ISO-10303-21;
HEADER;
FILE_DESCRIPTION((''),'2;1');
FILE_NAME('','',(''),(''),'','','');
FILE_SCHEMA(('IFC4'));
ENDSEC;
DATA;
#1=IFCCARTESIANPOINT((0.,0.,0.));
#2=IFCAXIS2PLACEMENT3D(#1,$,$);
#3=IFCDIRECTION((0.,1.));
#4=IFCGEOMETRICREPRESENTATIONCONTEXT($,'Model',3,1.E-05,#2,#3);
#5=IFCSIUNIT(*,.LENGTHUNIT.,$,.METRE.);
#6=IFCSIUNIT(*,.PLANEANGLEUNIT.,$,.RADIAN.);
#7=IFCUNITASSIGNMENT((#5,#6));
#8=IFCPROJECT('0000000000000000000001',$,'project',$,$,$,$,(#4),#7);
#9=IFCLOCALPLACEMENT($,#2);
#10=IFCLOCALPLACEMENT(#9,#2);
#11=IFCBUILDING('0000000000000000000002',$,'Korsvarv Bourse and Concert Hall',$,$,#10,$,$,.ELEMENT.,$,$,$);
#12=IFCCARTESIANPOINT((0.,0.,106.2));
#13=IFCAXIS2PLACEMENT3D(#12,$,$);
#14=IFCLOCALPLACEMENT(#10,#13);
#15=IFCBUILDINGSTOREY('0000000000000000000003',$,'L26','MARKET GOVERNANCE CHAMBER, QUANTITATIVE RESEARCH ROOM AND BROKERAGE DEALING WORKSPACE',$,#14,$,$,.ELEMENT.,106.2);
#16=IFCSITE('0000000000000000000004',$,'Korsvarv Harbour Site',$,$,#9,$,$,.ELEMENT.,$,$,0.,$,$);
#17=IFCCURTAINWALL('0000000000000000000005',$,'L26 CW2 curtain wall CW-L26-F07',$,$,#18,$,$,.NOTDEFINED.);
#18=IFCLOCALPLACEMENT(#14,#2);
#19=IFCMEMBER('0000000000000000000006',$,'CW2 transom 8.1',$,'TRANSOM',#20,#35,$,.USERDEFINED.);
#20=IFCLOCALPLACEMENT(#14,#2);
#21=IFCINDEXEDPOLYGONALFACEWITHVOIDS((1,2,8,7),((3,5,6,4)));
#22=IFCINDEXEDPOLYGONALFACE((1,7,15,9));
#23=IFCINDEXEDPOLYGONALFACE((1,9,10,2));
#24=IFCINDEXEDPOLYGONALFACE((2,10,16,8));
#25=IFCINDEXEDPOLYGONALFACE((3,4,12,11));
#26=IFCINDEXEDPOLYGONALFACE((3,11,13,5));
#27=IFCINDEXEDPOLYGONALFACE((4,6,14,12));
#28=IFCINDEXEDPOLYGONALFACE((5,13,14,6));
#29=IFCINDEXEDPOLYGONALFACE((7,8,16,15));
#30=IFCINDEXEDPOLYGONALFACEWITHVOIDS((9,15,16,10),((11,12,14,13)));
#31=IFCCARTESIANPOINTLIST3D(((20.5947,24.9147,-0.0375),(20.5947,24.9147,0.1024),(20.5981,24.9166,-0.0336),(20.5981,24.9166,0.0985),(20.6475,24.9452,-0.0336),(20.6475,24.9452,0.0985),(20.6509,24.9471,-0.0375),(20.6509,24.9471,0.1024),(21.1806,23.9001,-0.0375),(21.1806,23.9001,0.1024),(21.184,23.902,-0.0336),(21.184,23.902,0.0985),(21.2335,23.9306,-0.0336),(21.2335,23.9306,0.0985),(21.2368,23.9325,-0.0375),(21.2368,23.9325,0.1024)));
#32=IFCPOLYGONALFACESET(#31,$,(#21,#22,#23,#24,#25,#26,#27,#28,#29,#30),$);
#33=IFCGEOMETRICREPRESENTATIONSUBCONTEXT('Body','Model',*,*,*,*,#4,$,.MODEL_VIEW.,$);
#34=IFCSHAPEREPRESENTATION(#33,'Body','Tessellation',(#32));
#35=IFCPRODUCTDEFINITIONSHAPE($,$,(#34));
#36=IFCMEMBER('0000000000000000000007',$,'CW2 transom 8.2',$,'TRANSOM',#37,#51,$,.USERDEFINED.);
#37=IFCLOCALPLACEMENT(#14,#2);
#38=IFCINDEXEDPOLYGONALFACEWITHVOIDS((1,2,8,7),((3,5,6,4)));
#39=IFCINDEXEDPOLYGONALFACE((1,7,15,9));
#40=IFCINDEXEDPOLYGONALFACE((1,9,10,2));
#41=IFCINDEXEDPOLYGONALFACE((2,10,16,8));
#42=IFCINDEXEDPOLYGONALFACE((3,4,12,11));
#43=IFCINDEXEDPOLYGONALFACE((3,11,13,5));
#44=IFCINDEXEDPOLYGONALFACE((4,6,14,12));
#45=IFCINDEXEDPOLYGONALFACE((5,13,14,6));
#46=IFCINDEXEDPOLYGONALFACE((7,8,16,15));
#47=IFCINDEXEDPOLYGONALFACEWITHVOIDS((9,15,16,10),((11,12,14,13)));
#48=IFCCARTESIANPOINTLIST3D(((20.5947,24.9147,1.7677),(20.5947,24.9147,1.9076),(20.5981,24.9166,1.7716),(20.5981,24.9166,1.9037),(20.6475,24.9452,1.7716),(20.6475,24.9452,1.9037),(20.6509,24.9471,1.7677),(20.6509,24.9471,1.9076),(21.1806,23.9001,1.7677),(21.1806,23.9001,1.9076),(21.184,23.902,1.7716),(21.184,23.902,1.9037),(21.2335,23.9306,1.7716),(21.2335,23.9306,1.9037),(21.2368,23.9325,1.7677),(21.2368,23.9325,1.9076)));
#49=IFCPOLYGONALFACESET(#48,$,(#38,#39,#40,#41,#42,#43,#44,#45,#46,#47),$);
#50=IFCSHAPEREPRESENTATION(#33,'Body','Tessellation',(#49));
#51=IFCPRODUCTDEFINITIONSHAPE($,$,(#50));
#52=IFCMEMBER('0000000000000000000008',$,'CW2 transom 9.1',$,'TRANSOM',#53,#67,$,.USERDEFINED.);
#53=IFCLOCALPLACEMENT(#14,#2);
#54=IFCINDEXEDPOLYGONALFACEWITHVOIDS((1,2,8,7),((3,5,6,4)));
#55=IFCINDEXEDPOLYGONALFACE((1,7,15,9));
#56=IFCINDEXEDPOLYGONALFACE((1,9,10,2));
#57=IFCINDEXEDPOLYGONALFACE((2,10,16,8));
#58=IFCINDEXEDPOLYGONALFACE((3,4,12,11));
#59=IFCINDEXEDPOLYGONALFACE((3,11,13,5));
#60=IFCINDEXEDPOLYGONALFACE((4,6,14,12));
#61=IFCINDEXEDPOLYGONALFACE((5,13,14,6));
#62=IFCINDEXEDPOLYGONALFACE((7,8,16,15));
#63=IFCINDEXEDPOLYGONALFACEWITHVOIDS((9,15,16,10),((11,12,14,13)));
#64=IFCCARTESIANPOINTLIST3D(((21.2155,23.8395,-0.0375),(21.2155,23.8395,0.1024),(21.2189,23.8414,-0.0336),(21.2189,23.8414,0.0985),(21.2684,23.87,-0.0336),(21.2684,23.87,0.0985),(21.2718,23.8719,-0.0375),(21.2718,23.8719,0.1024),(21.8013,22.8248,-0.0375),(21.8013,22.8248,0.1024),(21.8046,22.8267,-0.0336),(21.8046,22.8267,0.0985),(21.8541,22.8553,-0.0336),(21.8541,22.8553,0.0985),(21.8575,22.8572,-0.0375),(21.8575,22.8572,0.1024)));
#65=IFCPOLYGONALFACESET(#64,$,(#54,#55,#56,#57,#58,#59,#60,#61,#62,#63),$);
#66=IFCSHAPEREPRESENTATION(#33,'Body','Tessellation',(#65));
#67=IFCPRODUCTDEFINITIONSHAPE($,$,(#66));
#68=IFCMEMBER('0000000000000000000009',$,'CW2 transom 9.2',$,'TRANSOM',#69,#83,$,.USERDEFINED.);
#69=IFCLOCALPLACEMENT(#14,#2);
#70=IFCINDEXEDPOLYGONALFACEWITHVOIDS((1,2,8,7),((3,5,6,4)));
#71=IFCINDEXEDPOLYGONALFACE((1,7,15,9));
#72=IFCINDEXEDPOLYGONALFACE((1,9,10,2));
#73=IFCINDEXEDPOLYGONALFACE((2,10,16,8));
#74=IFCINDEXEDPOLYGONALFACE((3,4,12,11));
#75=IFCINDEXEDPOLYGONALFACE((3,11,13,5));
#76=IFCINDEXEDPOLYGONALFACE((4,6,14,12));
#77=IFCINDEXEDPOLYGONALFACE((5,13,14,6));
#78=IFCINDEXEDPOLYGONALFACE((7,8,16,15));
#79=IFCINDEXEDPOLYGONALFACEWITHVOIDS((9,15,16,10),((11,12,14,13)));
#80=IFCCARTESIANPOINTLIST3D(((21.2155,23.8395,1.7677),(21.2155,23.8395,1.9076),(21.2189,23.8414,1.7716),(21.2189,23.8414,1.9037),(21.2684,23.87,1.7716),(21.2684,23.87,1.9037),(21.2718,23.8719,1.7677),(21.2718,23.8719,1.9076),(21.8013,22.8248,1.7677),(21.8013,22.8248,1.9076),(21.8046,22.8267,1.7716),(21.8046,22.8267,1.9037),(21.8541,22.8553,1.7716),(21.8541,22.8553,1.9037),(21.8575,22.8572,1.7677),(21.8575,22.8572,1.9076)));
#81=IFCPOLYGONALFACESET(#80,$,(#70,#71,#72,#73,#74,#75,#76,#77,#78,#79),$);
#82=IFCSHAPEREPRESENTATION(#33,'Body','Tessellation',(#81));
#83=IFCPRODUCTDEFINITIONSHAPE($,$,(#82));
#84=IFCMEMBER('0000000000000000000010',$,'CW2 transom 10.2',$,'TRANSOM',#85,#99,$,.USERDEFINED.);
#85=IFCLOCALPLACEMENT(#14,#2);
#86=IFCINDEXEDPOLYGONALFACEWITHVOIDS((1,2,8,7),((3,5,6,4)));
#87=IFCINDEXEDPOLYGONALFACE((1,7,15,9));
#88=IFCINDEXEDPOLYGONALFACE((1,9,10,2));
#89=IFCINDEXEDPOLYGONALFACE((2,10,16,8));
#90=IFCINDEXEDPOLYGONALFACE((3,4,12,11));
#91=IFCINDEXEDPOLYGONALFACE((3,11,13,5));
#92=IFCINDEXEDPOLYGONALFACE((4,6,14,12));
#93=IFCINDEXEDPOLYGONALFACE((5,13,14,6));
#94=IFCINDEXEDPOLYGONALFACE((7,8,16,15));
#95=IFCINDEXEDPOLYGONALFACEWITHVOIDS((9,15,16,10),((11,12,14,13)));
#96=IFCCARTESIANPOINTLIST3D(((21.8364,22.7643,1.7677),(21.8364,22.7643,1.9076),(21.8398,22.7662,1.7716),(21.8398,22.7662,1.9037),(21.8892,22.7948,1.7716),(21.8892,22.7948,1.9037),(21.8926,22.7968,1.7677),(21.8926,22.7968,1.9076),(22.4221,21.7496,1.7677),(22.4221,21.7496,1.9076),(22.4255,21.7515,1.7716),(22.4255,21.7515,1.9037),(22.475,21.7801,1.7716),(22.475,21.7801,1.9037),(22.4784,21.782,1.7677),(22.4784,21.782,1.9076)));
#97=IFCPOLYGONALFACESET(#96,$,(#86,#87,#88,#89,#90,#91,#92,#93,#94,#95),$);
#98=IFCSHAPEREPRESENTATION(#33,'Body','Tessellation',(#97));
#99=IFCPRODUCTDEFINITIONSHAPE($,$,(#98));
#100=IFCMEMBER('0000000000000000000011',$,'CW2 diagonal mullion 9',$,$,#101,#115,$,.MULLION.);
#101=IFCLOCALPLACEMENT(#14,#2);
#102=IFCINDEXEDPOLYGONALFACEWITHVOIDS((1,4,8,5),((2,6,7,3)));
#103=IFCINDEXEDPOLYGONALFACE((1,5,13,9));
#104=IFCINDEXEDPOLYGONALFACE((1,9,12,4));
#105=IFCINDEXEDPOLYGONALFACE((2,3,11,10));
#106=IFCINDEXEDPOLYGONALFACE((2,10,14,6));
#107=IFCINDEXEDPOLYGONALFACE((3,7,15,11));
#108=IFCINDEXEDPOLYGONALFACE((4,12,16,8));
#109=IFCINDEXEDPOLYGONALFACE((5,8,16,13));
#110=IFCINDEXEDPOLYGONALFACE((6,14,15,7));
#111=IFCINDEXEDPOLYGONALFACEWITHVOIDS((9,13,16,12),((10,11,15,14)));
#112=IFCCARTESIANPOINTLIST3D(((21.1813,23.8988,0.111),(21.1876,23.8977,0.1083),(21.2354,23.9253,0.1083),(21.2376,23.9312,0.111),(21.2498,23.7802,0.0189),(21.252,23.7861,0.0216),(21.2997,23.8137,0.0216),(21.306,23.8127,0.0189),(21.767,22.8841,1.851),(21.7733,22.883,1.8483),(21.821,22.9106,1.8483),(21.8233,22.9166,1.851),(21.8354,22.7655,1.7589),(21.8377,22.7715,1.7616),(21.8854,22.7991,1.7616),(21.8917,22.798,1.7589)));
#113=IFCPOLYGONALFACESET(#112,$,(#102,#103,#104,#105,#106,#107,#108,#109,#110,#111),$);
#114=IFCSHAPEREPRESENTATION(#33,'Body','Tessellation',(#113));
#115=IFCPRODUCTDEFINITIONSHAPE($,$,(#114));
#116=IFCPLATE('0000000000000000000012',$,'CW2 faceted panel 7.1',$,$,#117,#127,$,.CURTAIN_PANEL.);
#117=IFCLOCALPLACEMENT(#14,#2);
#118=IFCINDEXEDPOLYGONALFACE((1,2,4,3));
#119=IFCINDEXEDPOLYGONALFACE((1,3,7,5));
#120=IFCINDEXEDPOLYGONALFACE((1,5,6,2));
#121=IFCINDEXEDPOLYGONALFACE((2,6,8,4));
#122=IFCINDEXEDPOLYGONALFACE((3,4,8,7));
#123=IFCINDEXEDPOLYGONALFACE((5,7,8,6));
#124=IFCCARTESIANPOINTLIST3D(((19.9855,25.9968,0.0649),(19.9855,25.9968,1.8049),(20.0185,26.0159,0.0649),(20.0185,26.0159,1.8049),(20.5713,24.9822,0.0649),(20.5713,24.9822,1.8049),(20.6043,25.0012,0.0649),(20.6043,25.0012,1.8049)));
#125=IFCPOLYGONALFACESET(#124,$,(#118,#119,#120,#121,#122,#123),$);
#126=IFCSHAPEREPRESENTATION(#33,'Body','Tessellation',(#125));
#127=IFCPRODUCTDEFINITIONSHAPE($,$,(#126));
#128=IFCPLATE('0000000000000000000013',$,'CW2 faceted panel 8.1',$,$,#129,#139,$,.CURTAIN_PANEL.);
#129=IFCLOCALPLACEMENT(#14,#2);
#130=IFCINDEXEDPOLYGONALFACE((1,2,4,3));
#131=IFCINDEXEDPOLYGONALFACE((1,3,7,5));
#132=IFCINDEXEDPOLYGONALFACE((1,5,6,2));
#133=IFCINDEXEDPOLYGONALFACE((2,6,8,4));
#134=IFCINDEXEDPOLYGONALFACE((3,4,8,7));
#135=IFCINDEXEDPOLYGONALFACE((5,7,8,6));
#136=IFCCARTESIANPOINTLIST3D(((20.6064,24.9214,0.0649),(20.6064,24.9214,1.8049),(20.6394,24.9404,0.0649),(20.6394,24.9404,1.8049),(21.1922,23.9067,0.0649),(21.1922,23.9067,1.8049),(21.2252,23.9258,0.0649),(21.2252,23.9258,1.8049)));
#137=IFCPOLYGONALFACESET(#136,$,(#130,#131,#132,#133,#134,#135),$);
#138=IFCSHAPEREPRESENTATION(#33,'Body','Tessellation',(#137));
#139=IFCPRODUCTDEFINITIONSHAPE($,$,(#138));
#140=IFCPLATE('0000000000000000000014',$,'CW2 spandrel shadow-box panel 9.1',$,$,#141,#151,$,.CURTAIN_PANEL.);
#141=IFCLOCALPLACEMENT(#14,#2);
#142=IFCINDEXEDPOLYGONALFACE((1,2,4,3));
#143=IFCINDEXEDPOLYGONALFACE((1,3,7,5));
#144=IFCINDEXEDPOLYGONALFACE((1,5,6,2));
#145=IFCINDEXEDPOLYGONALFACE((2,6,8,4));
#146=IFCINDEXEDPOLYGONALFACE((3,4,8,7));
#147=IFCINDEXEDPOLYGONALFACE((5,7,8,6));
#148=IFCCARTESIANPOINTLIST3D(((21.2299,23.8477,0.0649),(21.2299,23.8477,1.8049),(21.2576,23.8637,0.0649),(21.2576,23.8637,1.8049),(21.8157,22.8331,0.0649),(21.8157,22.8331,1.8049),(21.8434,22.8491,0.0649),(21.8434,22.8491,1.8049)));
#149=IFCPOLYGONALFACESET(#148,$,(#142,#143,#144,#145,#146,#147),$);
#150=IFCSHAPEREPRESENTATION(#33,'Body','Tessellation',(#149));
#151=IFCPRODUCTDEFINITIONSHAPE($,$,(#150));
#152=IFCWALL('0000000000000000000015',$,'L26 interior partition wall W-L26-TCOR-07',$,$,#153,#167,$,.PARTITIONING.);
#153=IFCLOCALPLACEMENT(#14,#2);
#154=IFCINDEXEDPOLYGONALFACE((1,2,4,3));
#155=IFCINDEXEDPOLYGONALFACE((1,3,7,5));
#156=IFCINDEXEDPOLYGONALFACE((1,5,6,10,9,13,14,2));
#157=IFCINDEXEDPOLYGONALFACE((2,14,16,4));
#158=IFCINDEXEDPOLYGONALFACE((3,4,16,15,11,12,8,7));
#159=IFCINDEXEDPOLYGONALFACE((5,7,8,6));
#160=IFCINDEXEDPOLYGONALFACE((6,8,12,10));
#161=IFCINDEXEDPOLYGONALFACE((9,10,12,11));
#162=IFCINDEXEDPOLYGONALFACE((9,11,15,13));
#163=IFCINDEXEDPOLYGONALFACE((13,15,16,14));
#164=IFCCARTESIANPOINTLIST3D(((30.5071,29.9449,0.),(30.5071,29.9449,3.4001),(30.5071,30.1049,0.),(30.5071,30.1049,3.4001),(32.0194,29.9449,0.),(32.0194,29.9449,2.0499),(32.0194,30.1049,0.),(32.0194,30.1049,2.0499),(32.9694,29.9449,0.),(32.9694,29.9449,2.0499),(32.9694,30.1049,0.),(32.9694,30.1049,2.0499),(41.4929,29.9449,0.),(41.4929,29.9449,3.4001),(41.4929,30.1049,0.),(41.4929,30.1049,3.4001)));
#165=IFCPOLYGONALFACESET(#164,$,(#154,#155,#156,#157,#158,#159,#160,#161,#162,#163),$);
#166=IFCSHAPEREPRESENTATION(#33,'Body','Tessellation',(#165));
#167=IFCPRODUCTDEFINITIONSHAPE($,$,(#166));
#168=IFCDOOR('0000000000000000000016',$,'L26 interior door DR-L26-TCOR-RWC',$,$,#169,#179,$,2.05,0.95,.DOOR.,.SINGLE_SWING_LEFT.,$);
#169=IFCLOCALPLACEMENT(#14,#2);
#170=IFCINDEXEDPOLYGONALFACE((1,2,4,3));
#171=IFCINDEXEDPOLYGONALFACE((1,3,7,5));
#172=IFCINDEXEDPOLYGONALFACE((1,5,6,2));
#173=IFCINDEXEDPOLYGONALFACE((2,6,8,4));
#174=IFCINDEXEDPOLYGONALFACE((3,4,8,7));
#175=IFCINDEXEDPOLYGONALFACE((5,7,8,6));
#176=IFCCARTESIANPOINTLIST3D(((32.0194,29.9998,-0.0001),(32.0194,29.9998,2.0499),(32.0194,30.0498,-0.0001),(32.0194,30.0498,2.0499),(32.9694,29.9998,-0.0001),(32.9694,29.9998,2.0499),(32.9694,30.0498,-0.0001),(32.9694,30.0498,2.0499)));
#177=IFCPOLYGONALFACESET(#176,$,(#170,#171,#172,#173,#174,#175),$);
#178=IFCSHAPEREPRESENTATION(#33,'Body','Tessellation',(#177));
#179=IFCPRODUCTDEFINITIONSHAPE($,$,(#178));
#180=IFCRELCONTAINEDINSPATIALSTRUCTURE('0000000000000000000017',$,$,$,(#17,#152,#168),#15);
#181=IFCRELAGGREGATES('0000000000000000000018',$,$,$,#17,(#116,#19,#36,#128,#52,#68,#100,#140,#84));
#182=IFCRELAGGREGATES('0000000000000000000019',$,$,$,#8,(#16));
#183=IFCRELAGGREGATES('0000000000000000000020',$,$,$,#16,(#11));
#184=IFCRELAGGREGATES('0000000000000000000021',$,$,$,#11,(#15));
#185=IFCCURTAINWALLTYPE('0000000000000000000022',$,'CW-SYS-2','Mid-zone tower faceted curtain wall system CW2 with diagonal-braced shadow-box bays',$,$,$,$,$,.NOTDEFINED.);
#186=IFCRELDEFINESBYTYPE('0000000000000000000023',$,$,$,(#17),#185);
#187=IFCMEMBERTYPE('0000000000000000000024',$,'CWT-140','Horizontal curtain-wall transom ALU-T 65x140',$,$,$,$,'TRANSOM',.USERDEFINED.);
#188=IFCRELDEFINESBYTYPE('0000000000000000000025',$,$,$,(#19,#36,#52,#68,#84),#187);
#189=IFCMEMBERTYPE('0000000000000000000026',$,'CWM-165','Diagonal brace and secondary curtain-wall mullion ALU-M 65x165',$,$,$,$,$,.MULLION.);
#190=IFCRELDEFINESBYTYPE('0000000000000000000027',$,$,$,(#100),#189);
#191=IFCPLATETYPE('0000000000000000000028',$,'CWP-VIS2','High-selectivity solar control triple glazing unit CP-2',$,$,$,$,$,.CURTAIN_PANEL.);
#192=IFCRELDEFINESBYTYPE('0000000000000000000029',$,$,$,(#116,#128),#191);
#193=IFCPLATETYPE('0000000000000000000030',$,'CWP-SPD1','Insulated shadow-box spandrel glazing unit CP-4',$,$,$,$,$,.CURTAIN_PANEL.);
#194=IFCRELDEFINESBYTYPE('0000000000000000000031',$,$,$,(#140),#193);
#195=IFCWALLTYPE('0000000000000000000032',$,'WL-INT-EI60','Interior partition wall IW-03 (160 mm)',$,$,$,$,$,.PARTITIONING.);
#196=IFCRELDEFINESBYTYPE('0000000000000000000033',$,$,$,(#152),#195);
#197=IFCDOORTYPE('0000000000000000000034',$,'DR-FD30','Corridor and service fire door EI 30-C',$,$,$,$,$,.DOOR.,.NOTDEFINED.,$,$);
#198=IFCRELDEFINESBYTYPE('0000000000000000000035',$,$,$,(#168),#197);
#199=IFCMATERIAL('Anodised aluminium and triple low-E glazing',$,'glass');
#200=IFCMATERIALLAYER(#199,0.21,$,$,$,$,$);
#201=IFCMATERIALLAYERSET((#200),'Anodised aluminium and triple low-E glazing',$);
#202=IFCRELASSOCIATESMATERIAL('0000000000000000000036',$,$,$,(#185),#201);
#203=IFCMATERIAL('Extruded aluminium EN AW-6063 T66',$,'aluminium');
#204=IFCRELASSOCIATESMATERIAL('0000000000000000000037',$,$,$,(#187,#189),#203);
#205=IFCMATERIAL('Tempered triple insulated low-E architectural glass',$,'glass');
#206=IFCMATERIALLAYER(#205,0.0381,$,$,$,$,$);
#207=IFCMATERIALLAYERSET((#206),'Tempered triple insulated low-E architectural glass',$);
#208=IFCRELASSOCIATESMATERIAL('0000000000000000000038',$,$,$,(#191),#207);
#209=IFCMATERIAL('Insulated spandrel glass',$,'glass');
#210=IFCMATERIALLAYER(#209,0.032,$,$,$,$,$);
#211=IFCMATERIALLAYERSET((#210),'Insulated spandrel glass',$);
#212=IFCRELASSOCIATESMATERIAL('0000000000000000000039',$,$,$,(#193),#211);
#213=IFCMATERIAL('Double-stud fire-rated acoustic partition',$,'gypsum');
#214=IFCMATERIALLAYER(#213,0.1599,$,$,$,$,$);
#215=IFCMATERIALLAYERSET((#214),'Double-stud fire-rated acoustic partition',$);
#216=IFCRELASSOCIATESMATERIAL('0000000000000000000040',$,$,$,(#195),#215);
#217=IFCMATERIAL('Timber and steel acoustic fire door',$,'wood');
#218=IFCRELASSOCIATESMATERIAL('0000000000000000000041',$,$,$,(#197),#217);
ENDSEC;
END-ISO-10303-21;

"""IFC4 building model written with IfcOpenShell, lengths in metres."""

from ifc_helpers import new_model, si_unit, direction, frame, frame_2d, origin, origin_2d, place, context, subcontext, project, spatial, rectangle, hollow_rectangle, extrude, source, transform, mapped, material, layer, layer_set, material_profile, profile_set, type_object, element, fill, aggregate, save


model = new_model("IFC4")

# Units and contexts
model_context = context("Model", 3, precision=1e-05, world=origin(), true_north=direction((0.0, 1.0)))
body_context = subcontext(model_context, "Body", "Model", "MODEL_VIEW")
ifc_project = project(units=[si_unit("LENGTHUNIT", "METRE"), si_unit("PLANEANGLEUNIT", "RADIAN")], contexts=[model_context])

# Site, building, storey
site_placement = place(None, origin())
site = spatial("IfcSite", under=ifc_project, at=site_placement, Name="Korsvarv Harbour Site", CompositionType="ELEMENT", RefElevation=0.0)
building_placement = place(site_placement, origin())
building = spatial("IfcBuilding", under=site, at=building_placement, Name="Korsvarv Bourse and Concert Hall", CompositionType="ELEMENT")
storey_placement = place(building_placement, frame((0.0, 0.0, 106.2)))
storey = spatial("IfcBuildingStorey", under=building, at=storey_placement, Name="L26", Description="MARKET GOVERNANCE CHAMBER, QUANTITATIVE RESEARCH ROOM AND BROKERAGE DEALING WORKSPACE", CompositionType="ELEMENT", Elevation=106.2)

# Curtain wall, members, plates
ifc_material_1 = material(Name="Anodised aluminium and triple low-E glazing", Category="glass")
ifc_layer_1 = layer(ifc_material_1, 0.21)
ifc_layer_set_1 = layer_set([ifc_layer_1], Name="Anodised aluminium and triple low-E glazing")
curtain_wall_type = type_object("IfcCurtainWallType", Name="CW-SYS-2", Description="Mid-zone tower faceted curtain wall system CW2 with diagonal-braced shadow-box bays", PredefinedType="NOTDEFINED", material=ifc_layer_set_1)
curtain_wall_placement = place(storey_placement, origin())
curtain_wall = element("IfcCurtainWall", 1, at=curtain_wall_placement, inside=storey, type_object=curtain_wall_type, Name="L26 CW2 curtain wall CW-L26-F07", PredefinedType="NOTDEFINED")
ifc_material_2 = material(Name="Extruded aluminium EN AW-6063 T66", Category="aluminium")
ifc_material_profile_1 = material_profile(ifc_material_2, hollow_rectangle(XDim=0.0649, YDim=0.1399, WallThickness=0.0039, at=origin_2d()), Name="ALU-T 65x140")
ifc_profile_set_1 = profile_set([ifc_material_profile_1], Name="Extruded aluminium EN AW-6063 T66")
member_type_1 = type_object("IfcMemberType", Name="CWT-140", Description="Horizontal curtain-wall transom ALU-T 65x140", ElementType="TRANSOM", PredefinedType="USERDEFINED", material=ifc_profile_set_1)
shared_shape_1 = source(origin(), body_context, "Body", "SweptSolid", [
    extrude(hollow_rectangle(XDim=0.0649, YDim=0.1399, WallThickness=0.0039, at=origin_2d()), origin(), (0.0, 0.0, 1.0), 1.1716),
])
member_1_placement = place(storey_placement, frame((20.6228, 24.9309, 0.0325), z_axis=(0.500083, -0.865977, 0.0), x_axis=(0.865977, 0.500083, 0.0)))
member_1 = element("IfcMember", 2, at=member_1_placement, type_object=member_type_1, Name="CW2 transom 8.1", ObjectType="TRANSOM", PredefinedType="USERDEFINED", context=body_context, shape_type="MappedRepresentation", body=[
    mapped(shared_shape_1, transform((0.0, 0.0, 0.0), scale=1.0)),
])
member_2_placement = place(storey_placement, frame((20.6228, 24.9309, 1.8376), z_axis=(0.500083, -0.865977, 0.0), x_axis=(0.865977, 0.500083, 0.0)))
member_2 = element("IfcMember", 3, at=member_2_placement, type_object=member_type_1, Name="CW2 transom 8.2", ObjectType="TRANSOM", PredefinedType="USERDEFINED", context=body_context, shape_type="MappedRepresentation", body=[
    mapped(shared_shape_1, transform((0.0, 0.0, 0.0), scale=1.0)),
])
member_3_placement = place(storey_placement, frame((21.2437, 23.8557, 0.0325), z_axis=(0.499927, -0.866068, 0.0), x_axis=(0.866068, 0.499927, 0.0)))
member_3 = element("IfcMember", 4, at=member_3_placement, type_object=member_type_1, Name="CW2 transom 9.1", ObjectType="TRANSOM", PredefinedType="USERDEFINED", context=body_context, shape_type="MappedRepresentation", body=[
    mapped(shared_shape_1, transform((0.0, 0.0, 0.0), scale=1.0)),
])
member_4_placement = place(storey_placement, frame((21.2437, 23.8557, 1.8376), z_axis=(0.499927, -0.866068, 0.0), x_axis=(0.866068, 0.499927, 0.0)))
member_4 = element("IfcMember", 5, at=member_4_placement, type_object=member_type_1, Name="CW2 transom 9.2", ObjectType="TRANSOM", PredefinedType="USERDEFINED", context=body_context, shape_type="MappedRepresentation", body=[
    mapped(shared_shape_1, transform((0.0, 0.0, 0.0), scale=1.0)),
])
member_5_placement = place(storey_placement, frame((21.8645, 22.7805, 1.8376), z_axis=(0.499927, -0.866068, 0.0), x_axis=(0.866068, 0.499927, 0.0)))
member_5 = element("IfcMember", 6, at=member_5_placement, type_object=member_type_1, Name="CW2 transom 10.2", ObjectType="TRANSOM", PredefinedType="USERDEFINED", context=body_context, shape_type="MappedRepresentation", body=[
    mapped(shared_shape_1, transform((0.0, 0.0, 0.0), scale=1.0)),
])
ifc_material_profile_2 = material_profile(ifc_material_2, hollow_rectangle(XDim=0.0649, YDim=0.165, WallThickness=0.0049, at=origin_2d()), Name="ALU-M 65x165")
ifc_profile_set_2 = profile_set([ifc_material_profile_2], Name="Extruded aluminium EN AW-6063 T66")
member_type_2 = type_object("IfcMemberType", Name="CWM-165", Description="Diagonal brace and secondary curtain-wall mullion ALU-M 65x165", PredefinedType="MULLION", material=ifc_profile_set_2)
shared_shape_2 = source(origin(), body_context, "Body", "SweptSolid", [
    extrude(hollow_rectangle(XDim=0.0649, YDim=0.165, WallThickness=0.0049, at=origin_2d()), origin(), (0.0, 0.0, 1.0), 2.0977),
])
member_6_placement = place(storey_placement, frame((21.2437, 23.8557, 0.0649), z_axis=(0.279215, -0.483708, 0.829497), x_axis=(0.866068, 0.499927, 0.0)))
member_6 = element("IfcMember", 7, at=member_6_placement, type_object=member_type_2, Name="CW2 diagonal mullion 9", PredefinedType="MULLION", context=body_context, shape_type="MappedRepresentation", body=[
    mapped(shared_shape_2, transform((0.0, 0.0, 0.0), scale=1.0)),
])
ifc_material_3 = material(Name="Tempered triple insulated low-E architectural glass", Category="glass")
ifc_layer_2 = layer(ifc_material_3, 0.0381)
ifc_layer_set_2 = layer_set([ifc_layer_2], Name="Tempered triple insulated low-E architectural glass")
plate_type_1 = type_object("IfcPlateType", Name="CWP-VIS2", Description="High-selectivity solar control triple glazing unit CP-2", PredefinedType="CURTAIN_PANEL", material=ifc_layer_set_2)
shared_shape_3 = source(origin(), body_context, "Body", "SweptSolid", [
    extrude(rectangle(XDim=1.1716, YDim=0.0381, at=origin_2d()), origin(), (0.0, 0.0, 1.0), 1.74),
])
plate_1_placement = place(storey_placement, frame((20.2949, 25.499, 0.0649), z_axis=(0.0, 0.0, 1.0), x_axis=(0.500002, -0.866024, 0.0)))
plate_1 = element("IfcPlate", 8, at=plate_1_placement, type_object=plate_type_1, Name="CW2 faceted panel 7.1", PredefinedType="CURTAIN_PANEL", context=body_context, shape_type="MappedRepresentation", body=[
    mapped(shared_shape_3, transform((0.0, 0.0, 0.0), scale=1.0)),
])
plate_2_placement = place(storey_placement, frame((20.9158, 24.4236, 0.0649), z_axis=(0.0, 0.0, 1.0), x_axis=(0.500002, -0.866024, 0.0)))
plate_2 = element("IfcPlate", 9, at=plate_2_placement, type_object=plate_type_1, Name="CW2 faceted panel 8.1", PredefinedType="CURTAIN_PANEL", context=body_context, shape_type="MappedRepresentation", body=[
    mapped(shared_shape_3, transform((0.0, 0.0, 0.0), scale=1.0)),
])
ifc_material_4 = material(Name="Insulated spandrel glass", Category="glass")
ifc_layer_3 = layer(ifc_material_4, 0.032)
ifc_layer_set_3 = layer_set([ifc_layer_3], Name="Insulated spandrel glass")
plate_type_2 = type_object("IfcPlateType", Name="CWP-SPD1", Description="Insulated shadow-box spandrel glazing unit CP-4", PredefinedType="CURTAIN_PANEL", material=ifc_layer_set_3)
shared_shape_4 = source(origin(), body_context, "Body", "SweptSolid", [
    extrude(rectangle(XDim=1.1716, YDim=0.032, at=origin_2d()), origin(), (0.0, 0.0, 1.0), 1.74),
])
plate_3_placement = place(storey_placement, frame((21.5366, 23.3484, 0.0649), z_axis=(0.0, 0.0, 1.0), x_axis=(0.500002, -0.866024, 0.0)))
plate_3 = element("IfcPlate", 10, at=plate_3_placement, type_object=plate_type_2, Name="CW2 spandrel shadow-box panel 9.1", PredefinedType="CURTAIN_PANEL", context=body_context, shape_type="MappedRepresentation", body=[
    mapped(shared_shape_4, transform((0.0, 0.0, 0.0), scale=1.0)),
])
aggregate(curtain_wall, [plate_1, member_1, member_2, plate_2, member_3, member_4, member_6, plate_3, member_5])

# Wall, opening, door
ifc_material_5 = material(Name="Double-stud fire-rated acoustic partition", Category="gypsum")
ifc_layer_4 = layer(ifc_material_5, 0.1599)
ifc_layer_set_4 = layer_set([ifc_layer_4], Name="Double-stud fire-rated acoustic partition")
wall_type_1 = type_object("IfcWallType", Name="WL-INT-EI60", Description="Interior partition wall IW-03 (160 mm)", PredefinedType="PARTITIONING", material=ifc_layer_set_4)
wall_1_placement = place(storey_placement, frame((30.5071, 30.0249, 0.0), z_axis=(0.0, 0.0, 1.0), x_axis=(1.0, 0.0, 0.0)))
wall_1 = element("IfcWall", 11, at=wall_1_placement, inside=storey, type_object=wall_type_1, Name="L26 interior partition wall W-L26-TCOR-07", PredefinedType="PARTITIONING", context=body_context, shape_type="SweptSolid", body=[
    extrude(rectangle(XDim=10.9858, YDim=0.1599, at=frame_2d((5.4929, 0.0))), origin(), (0.0, 0.0, 1.0), 3.4001),
])
opening_placement = place(wall_1_placement, frame((1.5122, 0.0, 0.0)))
opening = element("IfcOpeningElement", 12, at=opening_placement, cuts=wall_1, PredefinedType="OPENING", context=body_context, shape_type="SweptSolid", body=[
    extrude(rectangle(XDim=0.95, YDim=2.05, at=frame_2d((0.4751, 1.0249))), frame((0.0, 0.0898, 0.0), z_axis=(0.0, -1.0, 0.0), x_axis=(1.0, 0.0, 0.0)), (0.0, 0.0, 1.0), 0.1799),
])
ifc_material_6 = material(Name="Timber and steel acoustic fire door", Category="wood")
door_type = type_object("IfcDoorType", Name="DR-FD30", Description="Corridor and service fire door EI 30-C", OperationType="NOTDEFINED", PredefinedType="DOOR", material=ifc_material_6)
door_placement = place(opening_placement, origin())
door = element("IfcDoor", 13, at=door_placement, inside=storey, type_object=door_type, Name="L26 interior door DR-L26-TCOR-RWC", OperationType="SINGLE_SWING_LEFT", OverallHeight=2.05, OverallWidth=0.95, PredefinedType="DOOR", context=body_context, shape_type="SweptSolid", body=[
    extrude(rectangle(XDim=0.95, YDim=2.05, at=frame_2d((0.4751, 1.0249))), frame((0.0, 0.0249, 0.0), z_axis=(0.0, -1.0, 0.0), x_axis=(1.0, 0.0, 0.0)), (0.0, 0.0, 1.0), 0.05),
])
fill(opening, door)

save(model, "model.ifc")
